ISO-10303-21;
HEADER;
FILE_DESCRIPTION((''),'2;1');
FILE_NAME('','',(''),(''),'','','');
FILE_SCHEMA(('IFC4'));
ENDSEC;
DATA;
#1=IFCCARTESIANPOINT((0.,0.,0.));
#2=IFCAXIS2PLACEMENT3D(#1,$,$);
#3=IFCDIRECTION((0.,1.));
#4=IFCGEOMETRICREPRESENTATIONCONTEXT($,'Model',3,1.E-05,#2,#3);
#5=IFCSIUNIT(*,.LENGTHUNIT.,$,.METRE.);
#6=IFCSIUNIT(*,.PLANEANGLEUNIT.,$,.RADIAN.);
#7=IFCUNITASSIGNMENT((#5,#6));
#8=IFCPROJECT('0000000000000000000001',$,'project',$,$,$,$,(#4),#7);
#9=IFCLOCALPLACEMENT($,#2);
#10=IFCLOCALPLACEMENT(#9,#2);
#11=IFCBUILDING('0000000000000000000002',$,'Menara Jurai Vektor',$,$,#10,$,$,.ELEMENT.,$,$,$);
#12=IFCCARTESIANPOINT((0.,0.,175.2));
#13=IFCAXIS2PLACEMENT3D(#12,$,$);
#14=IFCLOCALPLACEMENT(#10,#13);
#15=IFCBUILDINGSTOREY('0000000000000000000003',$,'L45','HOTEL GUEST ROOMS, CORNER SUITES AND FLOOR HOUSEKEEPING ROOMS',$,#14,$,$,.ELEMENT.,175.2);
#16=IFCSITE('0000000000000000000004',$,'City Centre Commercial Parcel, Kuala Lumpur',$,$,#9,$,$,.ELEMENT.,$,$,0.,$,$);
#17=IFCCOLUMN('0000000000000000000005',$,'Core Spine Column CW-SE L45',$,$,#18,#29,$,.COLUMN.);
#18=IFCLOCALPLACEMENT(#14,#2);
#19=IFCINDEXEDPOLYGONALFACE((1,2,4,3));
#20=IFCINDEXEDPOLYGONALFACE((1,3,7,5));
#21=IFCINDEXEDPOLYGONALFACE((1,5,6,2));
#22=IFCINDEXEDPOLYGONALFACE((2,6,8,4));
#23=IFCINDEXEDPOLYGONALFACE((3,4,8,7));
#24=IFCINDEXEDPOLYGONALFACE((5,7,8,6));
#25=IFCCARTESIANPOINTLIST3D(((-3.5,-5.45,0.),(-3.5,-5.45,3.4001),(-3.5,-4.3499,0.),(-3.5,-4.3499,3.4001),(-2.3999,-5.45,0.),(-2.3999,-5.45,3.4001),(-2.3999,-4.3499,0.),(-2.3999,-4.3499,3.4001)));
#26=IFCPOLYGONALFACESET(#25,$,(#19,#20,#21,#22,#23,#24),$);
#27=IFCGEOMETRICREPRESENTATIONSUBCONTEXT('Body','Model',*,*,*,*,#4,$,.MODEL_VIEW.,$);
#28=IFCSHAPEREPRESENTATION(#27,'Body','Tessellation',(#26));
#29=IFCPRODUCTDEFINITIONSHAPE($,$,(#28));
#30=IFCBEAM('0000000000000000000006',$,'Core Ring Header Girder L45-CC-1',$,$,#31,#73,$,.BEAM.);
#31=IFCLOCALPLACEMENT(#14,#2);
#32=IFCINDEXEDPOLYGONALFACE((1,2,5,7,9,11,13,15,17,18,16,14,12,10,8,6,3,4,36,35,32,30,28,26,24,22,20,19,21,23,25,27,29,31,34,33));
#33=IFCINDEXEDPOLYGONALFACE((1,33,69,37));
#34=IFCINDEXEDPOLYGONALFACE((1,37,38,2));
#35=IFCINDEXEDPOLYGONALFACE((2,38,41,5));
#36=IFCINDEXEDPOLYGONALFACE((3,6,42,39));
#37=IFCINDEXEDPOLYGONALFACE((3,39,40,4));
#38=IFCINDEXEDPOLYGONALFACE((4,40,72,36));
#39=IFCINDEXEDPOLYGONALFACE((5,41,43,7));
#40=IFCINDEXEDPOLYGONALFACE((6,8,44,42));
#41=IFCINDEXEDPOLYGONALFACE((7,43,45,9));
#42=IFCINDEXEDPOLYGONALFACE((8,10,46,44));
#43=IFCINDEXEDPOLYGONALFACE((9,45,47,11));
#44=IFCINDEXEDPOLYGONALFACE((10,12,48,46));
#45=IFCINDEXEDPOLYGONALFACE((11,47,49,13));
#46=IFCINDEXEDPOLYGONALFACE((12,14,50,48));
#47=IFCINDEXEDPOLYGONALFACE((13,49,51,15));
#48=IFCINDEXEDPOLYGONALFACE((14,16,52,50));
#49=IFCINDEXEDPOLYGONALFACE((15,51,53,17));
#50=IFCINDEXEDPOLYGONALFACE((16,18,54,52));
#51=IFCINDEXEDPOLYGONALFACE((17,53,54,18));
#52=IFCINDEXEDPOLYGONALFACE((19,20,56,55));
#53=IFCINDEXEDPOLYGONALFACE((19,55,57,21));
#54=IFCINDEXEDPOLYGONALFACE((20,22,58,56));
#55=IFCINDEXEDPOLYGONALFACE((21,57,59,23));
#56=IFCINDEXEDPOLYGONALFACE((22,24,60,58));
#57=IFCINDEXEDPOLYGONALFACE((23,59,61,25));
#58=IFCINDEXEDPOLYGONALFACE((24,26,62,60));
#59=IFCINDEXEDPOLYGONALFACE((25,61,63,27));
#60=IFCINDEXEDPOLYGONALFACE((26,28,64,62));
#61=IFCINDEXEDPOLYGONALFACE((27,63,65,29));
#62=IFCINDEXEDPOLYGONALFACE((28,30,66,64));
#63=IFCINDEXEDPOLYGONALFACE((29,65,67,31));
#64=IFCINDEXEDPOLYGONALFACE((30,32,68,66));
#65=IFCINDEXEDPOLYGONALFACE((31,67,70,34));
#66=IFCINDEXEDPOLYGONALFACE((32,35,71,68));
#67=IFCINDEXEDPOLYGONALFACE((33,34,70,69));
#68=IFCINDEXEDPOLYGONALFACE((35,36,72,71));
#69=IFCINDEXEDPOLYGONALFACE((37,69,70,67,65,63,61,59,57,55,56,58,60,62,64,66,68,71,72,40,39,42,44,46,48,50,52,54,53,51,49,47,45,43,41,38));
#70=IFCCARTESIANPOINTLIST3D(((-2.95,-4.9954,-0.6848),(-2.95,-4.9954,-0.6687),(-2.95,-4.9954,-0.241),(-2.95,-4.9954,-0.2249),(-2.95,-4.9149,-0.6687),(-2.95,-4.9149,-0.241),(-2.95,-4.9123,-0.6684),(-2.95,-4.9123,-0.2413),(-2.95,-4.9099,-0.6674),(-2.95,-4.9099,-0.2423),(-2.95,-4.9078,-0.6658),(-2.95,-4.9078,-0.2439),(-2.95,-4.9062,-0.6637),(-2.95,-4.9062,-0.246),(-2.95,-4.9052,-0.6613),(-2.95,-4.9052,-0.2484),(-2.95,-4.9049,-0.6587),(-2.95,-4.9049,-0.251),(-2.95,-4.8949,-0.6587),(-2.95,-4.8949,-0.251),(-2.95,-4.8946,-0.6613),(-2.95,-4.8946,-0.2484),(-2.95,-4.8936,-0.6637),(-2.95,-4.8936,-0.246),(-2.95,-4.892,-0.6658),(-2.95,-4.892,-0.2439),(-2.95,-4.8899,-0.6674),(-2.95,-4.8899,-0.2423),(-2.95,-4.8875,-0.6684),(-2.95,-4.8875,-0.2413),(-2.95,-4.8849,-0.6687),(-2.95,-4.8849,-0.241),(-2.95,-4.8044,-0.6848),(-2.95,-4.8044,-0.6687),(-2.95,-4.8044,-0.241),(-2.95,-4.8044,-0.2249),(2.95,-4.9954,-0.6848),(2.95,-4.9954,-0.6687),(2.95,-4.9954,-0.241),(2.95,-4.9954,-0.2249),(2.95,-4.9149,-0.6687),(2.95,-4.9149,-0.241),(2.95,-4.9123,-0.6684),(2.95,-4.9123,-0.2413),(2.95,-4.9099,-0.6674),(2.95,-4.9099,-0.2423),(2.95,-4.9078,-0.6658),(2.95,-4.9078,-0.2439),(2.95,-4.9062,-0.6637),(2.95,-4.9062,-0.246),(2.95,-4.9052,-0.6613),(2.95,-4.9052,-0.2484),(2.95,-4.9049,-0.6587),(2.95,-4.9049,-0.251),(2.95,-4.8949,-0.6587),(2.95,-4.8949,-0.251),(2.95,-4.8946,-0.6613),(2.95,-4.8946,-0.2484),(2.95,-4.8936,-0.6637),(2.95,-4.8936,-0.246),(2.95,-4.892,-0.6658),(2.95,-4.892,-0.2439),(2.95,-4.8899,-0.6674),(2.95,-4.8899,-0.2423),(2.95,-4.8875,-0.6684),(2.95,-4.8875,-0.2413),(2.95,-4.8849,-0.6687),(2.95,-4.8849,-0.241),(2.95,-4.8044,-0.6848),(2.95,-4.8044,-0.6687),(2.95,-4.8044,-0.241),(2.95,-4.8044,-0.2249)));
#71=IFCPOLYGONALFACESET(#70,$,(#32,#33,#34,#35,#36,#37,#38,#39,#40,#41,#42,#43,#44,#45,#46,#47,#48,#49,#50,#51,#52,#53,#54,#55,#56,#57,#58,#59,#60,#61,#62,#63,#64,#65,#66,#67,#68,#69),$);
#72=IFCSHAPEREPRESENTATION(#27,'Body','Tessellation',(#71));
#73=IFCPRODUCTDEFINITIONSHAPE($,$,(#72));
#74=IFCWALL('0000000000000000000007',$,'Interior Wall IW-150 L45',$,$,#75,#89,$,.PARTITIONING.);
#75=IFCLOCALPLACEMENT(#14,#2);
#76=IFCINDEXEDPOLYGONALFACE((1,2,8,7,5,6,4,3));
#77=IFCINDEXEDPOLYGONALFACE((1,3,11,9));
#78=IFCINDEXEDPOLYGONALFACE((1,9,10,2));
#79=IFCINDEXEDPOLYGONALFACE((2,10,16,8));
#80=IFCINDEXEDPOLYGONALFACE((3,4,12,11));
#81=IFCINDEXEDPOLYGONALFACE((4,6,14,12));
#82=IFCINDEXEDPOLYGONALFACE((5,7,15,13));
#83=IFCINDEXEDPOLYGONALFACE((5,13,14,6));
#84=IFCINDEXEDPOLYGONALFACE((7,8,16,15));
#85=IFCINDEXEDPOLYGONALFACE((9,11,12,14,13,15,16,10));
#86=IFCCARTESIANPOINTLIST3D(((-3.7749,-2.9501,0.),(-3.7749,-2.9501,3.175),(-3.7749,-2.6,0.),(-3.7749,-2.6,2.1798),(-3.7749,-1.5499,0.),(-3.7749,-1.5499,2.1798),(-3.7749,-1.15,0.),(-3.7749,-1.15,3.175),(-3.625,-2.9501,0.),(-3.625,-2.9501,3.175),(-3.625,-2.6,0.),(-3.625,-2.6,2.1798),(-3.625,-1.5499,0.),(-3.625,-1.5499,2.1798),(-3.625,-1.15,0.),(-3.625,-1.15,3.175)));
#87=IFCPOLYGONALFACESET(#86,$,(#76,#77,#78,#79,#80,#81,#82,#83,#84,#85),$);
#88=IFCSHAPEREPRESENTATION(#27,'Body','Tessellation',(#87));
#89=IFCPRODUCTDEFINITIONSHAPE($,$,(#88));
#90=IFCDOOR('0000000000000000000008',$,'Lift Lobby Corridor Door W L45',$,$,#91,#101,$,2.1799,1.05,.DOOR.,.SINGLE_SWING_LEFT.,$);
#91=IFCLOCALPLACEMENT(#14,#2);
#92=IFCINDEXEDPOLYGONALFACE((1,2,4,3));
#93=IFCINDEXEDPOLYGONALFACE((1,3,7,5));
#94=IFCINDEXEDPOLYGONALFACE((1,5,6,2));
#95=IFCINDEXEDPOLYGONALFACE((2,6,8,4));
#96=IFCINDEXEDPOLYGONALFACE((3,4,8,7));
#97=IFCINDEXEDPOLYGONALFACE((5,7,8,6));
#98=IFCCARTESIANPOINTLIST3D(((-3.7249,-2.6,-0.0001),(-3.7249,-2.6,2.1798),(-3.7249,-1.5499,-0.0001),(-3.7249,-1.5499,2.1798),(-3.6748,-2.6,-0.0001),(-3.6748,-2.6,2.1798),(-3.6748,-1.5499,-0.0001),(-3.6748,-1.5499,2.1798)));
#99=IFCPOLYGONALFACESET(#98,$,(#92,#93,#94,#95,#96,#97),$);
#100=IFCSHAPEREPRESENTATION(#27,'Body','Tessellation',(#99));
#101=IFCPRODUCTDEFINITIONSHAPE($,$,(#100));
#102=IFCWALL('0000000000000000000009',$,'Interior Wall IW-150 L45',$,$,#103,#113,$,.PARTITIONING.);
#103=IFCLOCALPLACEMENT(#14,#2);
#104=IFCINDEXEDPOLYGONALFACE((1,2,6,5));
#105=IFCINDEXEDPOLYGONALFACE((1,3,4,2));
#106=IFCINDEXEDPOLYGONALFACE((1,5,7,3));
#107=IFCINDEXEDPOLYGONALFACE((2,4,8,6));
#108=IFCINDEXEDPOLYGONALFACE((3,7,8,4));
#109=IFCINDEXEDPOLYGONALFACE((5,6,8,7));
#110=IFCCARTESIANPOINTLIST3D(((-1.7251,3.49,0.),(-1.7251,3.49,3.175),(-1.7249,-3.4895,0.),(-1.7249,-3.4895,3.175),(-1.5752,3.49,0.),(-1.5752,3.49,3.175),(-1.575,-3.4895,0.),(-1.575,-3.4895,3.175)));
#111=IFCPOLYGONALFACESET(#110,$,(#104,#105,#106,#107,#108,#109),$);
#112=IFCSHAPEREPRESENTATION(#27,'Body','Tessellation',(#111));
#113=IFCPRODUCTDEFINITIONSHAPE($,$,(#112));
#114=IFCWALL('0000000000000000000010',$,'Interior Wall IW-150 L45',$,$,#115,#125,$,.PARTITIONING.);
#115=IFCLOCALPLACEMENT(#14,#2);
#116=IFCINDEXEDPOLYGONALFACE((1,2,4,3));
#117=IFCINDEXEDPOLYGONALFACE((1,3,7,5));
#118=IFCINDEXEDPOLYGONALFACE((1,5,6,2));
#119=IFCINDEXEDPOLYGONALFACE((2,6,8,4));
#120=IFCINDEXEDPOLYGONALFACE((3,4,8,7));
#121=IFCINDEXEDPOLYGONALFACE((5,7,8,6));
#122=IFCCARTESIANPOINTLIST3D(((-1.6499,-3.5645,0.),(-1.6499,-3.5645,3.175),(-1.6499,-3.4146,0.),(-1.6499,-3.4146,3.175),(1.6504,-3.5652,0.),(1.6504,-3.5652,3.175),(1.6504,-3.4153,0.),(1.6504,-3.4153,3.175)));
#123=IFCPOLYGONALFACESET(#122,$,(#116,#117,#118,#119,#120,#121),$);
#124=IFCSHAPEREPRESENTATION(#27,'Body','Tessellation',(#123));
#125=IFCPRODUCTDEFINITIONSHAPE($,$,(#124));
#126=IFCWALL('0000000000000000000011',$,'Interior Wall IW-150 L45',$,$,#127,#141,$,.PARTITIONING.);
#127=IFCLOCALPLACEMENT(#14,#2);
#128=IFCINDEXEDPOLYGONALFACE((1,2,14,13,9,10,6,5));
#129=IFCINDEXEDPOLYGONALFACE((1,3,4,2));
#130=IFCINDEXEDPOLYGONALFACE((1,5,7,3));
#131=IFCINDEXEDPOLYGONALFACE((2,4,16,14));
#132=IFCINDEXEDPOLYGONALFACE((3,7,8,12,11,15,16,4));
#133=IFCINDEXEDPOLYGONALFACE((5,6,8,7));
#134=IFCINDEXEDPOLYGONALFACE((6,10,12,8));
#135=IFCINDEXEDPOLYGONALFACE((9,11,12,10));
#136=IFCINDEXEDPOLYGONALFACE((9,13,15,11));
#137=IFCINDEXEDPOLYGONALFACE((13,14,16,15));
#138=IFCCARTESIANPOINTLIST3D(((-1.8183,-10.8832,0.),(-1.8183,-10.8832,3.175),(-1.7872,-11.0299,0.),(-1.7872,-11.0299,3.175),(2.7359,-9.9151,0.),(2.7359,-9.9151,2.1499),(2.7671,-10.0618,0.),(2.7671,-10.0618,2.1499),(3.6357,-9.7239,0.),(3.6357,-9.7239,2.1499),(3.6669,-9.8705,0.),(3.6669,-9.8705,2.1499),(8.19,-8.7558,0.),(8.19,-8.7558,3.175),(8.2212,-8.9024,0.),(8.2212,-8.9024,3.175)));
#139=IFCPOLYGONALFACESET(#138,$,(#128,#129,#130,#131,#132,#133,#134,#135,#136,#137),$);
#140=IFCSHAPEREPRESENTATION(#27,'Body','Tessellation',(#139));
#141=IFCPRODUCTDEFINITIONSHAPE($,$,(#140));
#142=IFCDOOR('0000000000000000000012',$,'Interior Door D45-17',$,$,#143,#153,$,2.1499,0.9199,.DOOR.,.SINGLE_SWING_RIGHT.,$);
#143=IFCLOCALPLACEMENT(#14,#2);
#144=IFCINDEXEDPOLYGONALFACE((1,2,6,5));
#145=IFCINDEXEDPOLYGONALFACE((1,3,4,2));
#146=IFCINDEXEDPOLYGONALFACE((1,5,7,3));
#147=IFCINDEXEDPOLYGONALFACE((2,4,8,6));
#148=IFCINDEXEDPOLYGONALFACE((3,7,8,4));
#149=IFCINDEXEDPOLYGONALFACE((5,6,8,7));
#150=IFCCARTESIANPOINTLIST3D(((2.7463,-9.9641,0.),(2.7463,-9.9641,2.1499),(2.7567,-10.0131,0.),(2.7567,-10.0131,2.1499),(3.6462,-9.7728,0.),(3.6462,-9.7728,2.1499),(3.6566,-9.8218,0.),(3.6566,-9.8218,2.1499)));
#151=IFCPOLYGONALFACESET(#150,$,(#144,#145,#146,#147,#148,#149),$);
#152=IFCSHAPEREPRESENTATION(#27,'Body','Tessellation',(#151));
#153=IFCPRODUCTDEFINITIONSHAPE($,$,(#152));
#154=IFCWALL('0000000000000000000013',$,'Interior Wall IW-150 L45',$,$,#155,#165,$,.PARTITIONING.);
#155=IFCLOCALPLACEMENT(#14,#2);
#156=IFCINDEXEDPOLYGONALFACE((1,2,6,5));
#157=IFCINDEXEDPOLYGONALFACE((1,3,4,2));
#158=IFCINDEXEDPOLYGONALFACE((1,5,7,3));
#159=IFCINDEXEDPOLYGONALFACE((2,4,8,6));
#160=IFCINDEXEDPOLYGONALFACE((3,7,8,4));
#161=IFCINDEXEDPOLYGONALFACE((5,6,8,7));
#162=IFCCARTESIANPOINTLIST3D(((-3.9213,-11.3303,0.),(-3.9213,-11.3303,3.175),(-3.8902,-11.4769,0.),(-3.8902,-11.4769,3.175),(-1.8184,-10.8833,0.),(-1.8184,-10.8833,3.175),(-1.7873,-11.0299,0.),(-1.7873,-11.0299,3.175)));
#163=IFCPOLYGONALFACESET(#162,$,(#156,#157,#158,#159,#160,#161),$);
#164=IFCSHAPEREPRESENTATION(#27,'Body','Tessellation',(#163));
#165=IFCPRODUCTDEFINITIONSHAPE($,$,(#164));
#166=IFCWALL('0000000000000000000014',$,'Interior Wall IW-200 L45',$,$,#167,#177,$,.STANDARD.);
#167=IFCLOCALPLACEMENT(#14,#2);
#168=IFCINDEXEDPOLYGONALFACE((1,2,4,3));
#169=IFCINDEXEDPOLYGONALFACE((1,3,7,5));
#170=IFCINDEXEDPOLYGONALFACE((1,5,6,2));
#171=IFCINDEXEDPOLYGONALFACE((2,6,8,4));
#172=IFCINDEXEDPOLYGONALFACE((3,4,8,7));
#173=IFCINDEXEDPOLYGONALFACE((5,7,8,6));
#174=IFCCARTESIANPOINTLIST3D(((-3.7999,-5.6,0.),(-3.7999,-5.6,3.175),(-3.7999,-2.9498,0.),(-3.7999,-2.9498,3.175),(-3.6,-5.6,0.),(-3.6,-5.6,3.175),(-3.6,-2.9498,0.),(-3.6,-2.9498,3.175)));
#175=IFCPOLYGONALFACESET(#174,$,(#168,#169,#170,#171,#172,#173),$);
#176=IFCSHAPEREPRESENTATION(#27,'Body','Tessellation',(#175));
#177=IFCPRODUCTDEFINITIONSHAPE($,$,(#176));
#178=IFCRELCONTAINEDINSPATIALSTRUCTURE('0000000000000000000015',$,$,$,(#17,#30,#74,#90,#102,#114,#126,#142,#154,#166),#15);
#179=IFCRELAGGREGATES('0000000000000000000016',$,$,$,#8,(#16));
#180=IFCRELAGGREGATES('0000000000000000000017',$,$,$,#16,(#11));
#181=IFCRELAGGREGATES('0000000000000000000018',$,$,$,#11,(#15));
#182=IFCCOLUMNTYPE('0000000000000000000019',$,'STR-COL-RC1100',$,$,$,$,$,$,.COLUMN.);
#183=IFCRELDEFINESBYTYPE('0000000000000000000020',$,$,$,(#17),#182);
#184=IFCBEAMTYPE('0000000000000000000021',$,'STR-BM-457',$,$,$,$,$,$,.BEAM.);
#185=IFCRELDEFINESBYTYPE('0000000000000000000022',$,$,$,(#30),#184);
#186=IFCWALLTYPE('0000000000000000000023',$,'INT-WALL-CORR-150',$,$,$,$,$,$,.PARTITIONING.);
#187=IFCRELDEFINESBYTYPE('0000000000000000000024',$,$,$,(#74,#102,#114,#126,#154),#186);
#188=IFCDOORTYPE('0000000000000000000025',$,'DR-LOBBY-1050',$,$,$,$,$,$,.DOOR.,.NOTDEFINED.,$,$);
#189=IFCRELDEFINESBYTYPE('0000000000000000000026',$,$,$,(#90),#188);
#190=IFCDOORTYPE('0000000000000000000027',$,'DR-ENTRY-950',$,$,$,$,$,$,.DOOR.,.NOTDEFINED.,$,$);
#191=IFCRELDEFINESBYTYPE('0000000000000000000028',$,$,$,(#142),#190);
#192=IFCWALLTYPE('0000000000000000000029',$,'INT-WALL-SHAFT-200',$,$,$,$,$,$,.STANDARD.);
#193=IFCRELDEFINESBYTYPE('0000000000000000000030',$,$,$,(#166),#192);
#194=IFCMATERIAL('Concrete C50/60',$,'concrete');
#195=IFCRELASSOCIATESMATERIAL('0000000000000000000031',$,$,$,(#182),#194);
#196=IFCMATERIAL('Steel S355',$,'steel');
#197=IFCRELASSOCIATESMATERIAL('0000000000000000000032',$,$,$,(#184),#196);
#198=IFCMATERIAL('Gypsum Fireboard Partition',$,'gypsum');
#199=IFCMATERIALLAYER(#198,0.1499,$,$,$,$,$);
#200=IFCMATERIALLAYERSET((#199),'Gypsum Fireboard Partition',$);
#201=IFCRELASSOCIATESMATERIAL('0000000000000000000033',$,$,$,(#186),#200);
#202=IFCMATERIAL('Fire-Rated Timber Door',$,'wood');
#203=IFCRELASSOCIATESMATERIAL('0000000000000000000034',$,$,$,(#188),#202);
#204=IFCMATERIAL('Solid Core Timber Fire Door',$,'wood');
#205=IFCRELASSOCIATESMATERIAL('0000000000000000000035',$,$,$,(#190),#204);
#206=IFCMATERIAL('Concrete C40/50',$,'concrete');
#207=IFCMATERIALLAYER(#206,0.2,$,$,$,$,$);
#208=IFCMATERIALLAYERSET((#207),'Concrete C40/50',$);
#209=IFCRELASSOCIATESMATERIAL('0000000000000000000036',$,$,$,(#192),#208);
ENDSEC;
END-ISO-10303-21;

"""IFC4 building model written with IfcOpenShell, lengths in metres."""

from ifc_helpers import new_model, si_unit, direction, frame, frame_2d, origin, origin_2d, place, context, subcontext, project, spatial, rectangle, i_section, extrude, material, layer, layer_set, material_profile, profile_set, type_object, element, fill, save


model = new_model("IFC4")

# Units and contexts
model_context = context("Model", 3, precision=1e-05, world=origin(), true_north=direction((0.0, 1.0)))
body_context = subcontext(model_context, "Body", "Model", "MODEL_VIEW")
ifc_project = project(units=[si_unit("LENGTHUNIT", "METRE"), si_unit("PLANEANGLEUNIT", "RADIAN")], contexts=[model_context])

# Site, building, storey
site_placement = place(None, origin())
site = spatial("IfcSite", under=ifc_project, at=site_placement, Name="City Centre Commercial Parcel, Kuala Lumpur", CompositionType="ELEMENT", RefElevation=0.0)
building_placement = place(site_placement, origin())
building = spatial("IfcBuilding", under=site, at=building_placement, Name="Menara Jurai Vektor", CompositionType="ELEMENT")
storey_placement = place(building_placement, frame((0.0, 0.0, 175.2)))
storey = spatial("IfcBuildingStorey", under=building, at=storey_placement, Name="L45", Description="HOTEL GUEST ROOMS, CORNER SUITES AND FLOOR HOUSEKEEPING ROOMS", CompositionType="ELEMENT", Elevation=175.2)

# Column
ifc_material_1 = material(Name="Concrete C50/60", Category="concrete")
ifc_material_profile_1 = material_profile(ifc_material_1, rectangle(XDim=1.1001, YDim=1.1001, at=origin_2d()), Name="RC 1100x1100")
ifc_profile_set_1 = profile_set([ifc_material_profile_1], Name="Concrete C50/60")
column_type = type_object("IfcColumnType", Name="STR-COL-RC1100", PredefinedType="COLUMN", material=ifc_profile_set_1)
column_placement = place(storey_placement, frame((-2.95, -4.8999, 0.0), z_axis=(0.0, 0.0, 1.0), x_axis=(1.0, 0.0, 0.0)))
element("IfcColumn", 1, at=column_placement, inside=storey, type_object=column_type, Name="Core Spine Column CW-SE L45", PredefinedType="COLUMN", context=body_context, shape_type="SweptSolid", body=[
    extrude(rectangle(XDim=1.1001, YDim=1.1001, at=origin_2d()), origin(), (0.0, 0.0, 1.0), 3.4001),
])

# Beam
ifc_material_2 = material(Name="Steel S355", Category="steel")
ifc_material_profile_2 = material_profile(ifc_material_2, i_section(OverallWidth=0.1909, OverallDepth=0.46, WebThickness=0.01, FlangeThickness=0.0161, FilletRadius=0.01, at=origin_2d()), Name="UKB 457x191x82")
ifc_profile_set_2 = profile_set([ifc_material_profile_2], Name="Steel S355")
beam_type = type_object("IfcBeamType", Name="STR-BM-457", PredefinedType="BEAM", material=ifc_profile_set_2)
beam_placement = place(storey_placement, frame((-2.95, -4.8999, -0.4548), z_axis=(1.0, 0.0, 0.0), x_axis=(0.0, 1.0, 0.0)))
element("IfcBeam", 2, at=beam_placement, inside=storey, type_object=beam_type, Name="Core Ring Header Girder L45-CC-1", PredefinedType="BEAM", context=body_context, shape_type="SweptSolid", body=[
    extrude(i_section(OverallWidth=0.1909, OverallDepth=0.46, WebThickness=0.01, FlangeThickness=0.0161, FilletRadius=0.01, at=origin_2d()), origin(), (0.0, 0.0, 1.0), 5.8999),
])

# Wall, opening, door
ifc_material_3 = material(Name="Gypsum Fireboard Partition", Category="gypsum")
ifc_layer_1 = layer(ifc_material_3, 0.1499)
ifc_layer_set_1 = layer_set([ifc_layer_1], Name="Gypsum Fireboard Partition")
wall_type_1 = type_object("IfcWallType", Name="INT-WALL-CORR-150", PredefinedType="PARTITIONING", material=ifc_layer_set_1)
wall_1_placement = place(storey_placement, frame((-3.7, -2.95, 0.0), z_axis=(0.0, 0.0, 1.0), x_axis=(0.0, 1.0, 0.0)))
wall_1 = element("IfcWall", 3, at=wall_1_placement, inside=storey, type_object=wall_type_1, Name="Interior Wall IW-150 L45", PredefinedType="PARTITIONING", context=body_context, shape_type="SweptSolid", body=[
    extrude(rectangle(XDim=1.8, YDim=0.1499, at=frame_2d((0.8999, 0.0))), origin(), (0.0, 0.0, 1.0), 3.175),
])
opening_1_placement = place(wall_1_placement, frame((0.3501, 0.0, 0.0)))
opening_1 = element("IfcOpeningElement", 4, at=opening_1_placement, cuts=wall_1, PredefinedType="OPENING", context=body_context, shape_type="SweptSolid", body=[
    extrude(rectangle(XDim=1.05, YDim=2.1799, at=frame_2d((0.5249, 1.0898))), frame((0.0, 0.085, 0.0), z_axis=(0.0, -1.0, 0.0), x_axis=(1.0, 0.0, 0.0)), (0.0, 0.0, 1.0), 0.1699),
])
ifc_material_4 = material(Name="Fire-Rated Timber Door", Category="wood")
door_type_1 = type_object("IfcDoorType", Name="DR-LOBBY-1050", OperationType="NOTDEFINED", PredefinedType="DOOR", material=ifc_material_4)
door_1_placement = place(opening_1_placement, origin())
door_1 = element("IfcDoor", 5, at=door_1_placement, inside=storey, type_object=door_type_1, Name="Lift Lobby Corridor Door W L45", OperationType="SINGLE_SWING_LEFT", OverallHeight=2.1799, OverallWidth=1.05, PredefinedType="DOOR", context=body_context, shape_type="SweptSolid", body=[
    extrude(rectangle(XDim=1.05, YDim=2.1799, at=frame_2d((0.5249, 1.0898))), frame((0.0, 0.0249, 0.0), z_axis=(0.0, -1.0, 0.0), x_axis=(1.0, 0.0, 0.0)), (0.0, 0.0, 1.0), 0.05),
])
fill(opening_1, door_1)

# Walls
wall_2_placement = place(storey_placement, frame((-1.6499, -3.4895, 0.0), z_axis=(0.0, 0.0, 1.0), x_axis=(-0.000035, 1.0, 0.0)))
element("IfcWall", 6, at=wall_2_placement, inside=storey, type_object=wall_type_1, Name="Interior Wall IW-150 L45", PredefinedType="PARTITIONING", context=body_context, shape_type="SweptSolid", body=[
    extrude(rectangle(XDim=6.9795, YDim=0.1499, at=frame_2d((3.4897, 0.0))), origin(), (0.0, 0.0, 1.0), 3.175),
])
wall_3_placement = place(storey_placement, frame((-1.6499, -3.4895, 0.0), z_axis=(0.0, 0.0, 1.0), x_axis=(1.0, -0.000222, 0.0)))
element("IfcWall", 7, at=wall_3_placement, inside=storey, type_object=wall_type_1, Name="Interior Wall IW-150 L45", PredefinedType="PARTITIONING", context=body_context, shape_type="SweptSolid", body=[
    extrude(rectangle(XDim=3.3003, YDim=0.1499, at=frame_2d((1.6501, 0.0))), origin(), (0.0, 0.0, 1.0), 3.175),
])

# Wall, opening, door
wall_4_placement = place(storey_placement, frame((-1.8027, -10.9565, 0.0), z_axis=(0.0, 0.0, 1.0), x_axis=(0.978145, 0.207922, 0.0)))
wall_4 = element("IfcWall", 8, at=wall_4_placement, inside=storey, type_object=wall_type_1, Name="Interior Wall IW-150 L45", PredefinedType="PARTITIONING", context=body_context, shape_type="SweptSolid", body=[
    extrude(rectangle(XDim=10.2319, YDim=0.1499, at=frame_2d((5.116, 0.0))), origin(), (0.0, 0.0, 1.0), 3.175),
])
opening_2_placement = place(wall_4_placement, frame((4.656, 0.0, 0.0)))
opening_2 = element("IfcOpeningElement", 9, at=opening_2_placement, cuts=wall_4, PredefinedType="OPENING", context=body_context, shape_type="SweptSolid", body=[
    extrude(rectangle(XDim=0.9199, YDim=2.1499, at=frame_2d((0.46, 1.075))), frame((0.0, 0.085, 0.0), z_axis=(0.0, -1.0, 0.0), x_axis=(1.0, 0.0, 0.0)), (0.0, 0.0, 1.0), 0.1699),
])
ifc_material_5 = material(Name="Solid Core Timber Fire Door", Category="wood")
door_type_2 = type_object("IfcDoorType", Name="DR-ENTRY-950", OperationType="NOTDEFINED", PredefinedType="DOOR", material=ifc_material_5)
door_2_placement = place(opening_2_placement, origin())
door_2 = element("IfcDoor", 10, at=door_2_placement, inside=storey, type_object=door_type_2, Name="Interior Door D45-17", OperationType="SINGLE_SWING_RIGHT", OverallHeight=2.1499, OverallWidth=0.9199, PredefinedType="DOOR", context=body_context, shape_type="SweptSolid", body=[
    extrude(rectangle(XDim=0.9199, YDim=2.1499, at=frame_2d((0.46, 1.075))), frame((0.0, 0.0249, 0.0), z_axis=(0.0, -1.0, 0.0), x_axis=(1.0, 0.0, 0.0)), (0.0, 0.0, 1.0), 0.05),
])
fill(opening_2, door_2)

# Walls
wall_5_placement = place(storey_placement, frame((-3.9058, -11.4036, 0.0), z_axis=(0.0, 0.0, 1.0), x_axis=(0.978147, 0.207916, 0.0)))
element("IfcWall", 11, at=wall_5_placement, inside=storey, type_object=wall_type_1, Name="Interior Wall IW-150 L45", PredefinedType="PARTITIONING", context=body_context, shape_type="SweptSolid", body=[
    extrude(rectangle(XDim=2.1499, YDim=0.1499, at=frame_2d((1.075, 0.0))), origin(), (0.0, 0.0, 1.0), 3.175),
])
ifc_material_6 = material(Name="Concrete C40/50", Category="concrete")
ifc_layer_2 = layer(ifc_material_6, 0.2)
ifc_layer_set_2 = layer_set([ifc_layer_2], Name="Concrete C40/50")
wall_type_2 = type_object("IfcWallType", Name="INT-WALL-SHAFT-200", PredefinedType="STANDARD", material=ifc_layer_set_2)
wall_6_placement = place(storey_placement, frame((-3.7, -5.6001, 0.0), z_axis=(0.0, 0.0, 1.0), x_axis=(0.0, 1.0, 0.0)))
element("IfcWall", 12, at=wall_6_placement, inside=storey, type_object=wall_type_2, Name="Interior Wall IW-200 L45", PredefinedType="STANDARD", context=body_context, shape_type="SweptSolid", body=[
    extrude(rectangle(XDim=2.6501, YDim=0.2, at=frame_2d((1.3252, 0.0))), origin(), (0.0, 0.0, 1.0), 3.175),
])

save(model, "model.ifc")
